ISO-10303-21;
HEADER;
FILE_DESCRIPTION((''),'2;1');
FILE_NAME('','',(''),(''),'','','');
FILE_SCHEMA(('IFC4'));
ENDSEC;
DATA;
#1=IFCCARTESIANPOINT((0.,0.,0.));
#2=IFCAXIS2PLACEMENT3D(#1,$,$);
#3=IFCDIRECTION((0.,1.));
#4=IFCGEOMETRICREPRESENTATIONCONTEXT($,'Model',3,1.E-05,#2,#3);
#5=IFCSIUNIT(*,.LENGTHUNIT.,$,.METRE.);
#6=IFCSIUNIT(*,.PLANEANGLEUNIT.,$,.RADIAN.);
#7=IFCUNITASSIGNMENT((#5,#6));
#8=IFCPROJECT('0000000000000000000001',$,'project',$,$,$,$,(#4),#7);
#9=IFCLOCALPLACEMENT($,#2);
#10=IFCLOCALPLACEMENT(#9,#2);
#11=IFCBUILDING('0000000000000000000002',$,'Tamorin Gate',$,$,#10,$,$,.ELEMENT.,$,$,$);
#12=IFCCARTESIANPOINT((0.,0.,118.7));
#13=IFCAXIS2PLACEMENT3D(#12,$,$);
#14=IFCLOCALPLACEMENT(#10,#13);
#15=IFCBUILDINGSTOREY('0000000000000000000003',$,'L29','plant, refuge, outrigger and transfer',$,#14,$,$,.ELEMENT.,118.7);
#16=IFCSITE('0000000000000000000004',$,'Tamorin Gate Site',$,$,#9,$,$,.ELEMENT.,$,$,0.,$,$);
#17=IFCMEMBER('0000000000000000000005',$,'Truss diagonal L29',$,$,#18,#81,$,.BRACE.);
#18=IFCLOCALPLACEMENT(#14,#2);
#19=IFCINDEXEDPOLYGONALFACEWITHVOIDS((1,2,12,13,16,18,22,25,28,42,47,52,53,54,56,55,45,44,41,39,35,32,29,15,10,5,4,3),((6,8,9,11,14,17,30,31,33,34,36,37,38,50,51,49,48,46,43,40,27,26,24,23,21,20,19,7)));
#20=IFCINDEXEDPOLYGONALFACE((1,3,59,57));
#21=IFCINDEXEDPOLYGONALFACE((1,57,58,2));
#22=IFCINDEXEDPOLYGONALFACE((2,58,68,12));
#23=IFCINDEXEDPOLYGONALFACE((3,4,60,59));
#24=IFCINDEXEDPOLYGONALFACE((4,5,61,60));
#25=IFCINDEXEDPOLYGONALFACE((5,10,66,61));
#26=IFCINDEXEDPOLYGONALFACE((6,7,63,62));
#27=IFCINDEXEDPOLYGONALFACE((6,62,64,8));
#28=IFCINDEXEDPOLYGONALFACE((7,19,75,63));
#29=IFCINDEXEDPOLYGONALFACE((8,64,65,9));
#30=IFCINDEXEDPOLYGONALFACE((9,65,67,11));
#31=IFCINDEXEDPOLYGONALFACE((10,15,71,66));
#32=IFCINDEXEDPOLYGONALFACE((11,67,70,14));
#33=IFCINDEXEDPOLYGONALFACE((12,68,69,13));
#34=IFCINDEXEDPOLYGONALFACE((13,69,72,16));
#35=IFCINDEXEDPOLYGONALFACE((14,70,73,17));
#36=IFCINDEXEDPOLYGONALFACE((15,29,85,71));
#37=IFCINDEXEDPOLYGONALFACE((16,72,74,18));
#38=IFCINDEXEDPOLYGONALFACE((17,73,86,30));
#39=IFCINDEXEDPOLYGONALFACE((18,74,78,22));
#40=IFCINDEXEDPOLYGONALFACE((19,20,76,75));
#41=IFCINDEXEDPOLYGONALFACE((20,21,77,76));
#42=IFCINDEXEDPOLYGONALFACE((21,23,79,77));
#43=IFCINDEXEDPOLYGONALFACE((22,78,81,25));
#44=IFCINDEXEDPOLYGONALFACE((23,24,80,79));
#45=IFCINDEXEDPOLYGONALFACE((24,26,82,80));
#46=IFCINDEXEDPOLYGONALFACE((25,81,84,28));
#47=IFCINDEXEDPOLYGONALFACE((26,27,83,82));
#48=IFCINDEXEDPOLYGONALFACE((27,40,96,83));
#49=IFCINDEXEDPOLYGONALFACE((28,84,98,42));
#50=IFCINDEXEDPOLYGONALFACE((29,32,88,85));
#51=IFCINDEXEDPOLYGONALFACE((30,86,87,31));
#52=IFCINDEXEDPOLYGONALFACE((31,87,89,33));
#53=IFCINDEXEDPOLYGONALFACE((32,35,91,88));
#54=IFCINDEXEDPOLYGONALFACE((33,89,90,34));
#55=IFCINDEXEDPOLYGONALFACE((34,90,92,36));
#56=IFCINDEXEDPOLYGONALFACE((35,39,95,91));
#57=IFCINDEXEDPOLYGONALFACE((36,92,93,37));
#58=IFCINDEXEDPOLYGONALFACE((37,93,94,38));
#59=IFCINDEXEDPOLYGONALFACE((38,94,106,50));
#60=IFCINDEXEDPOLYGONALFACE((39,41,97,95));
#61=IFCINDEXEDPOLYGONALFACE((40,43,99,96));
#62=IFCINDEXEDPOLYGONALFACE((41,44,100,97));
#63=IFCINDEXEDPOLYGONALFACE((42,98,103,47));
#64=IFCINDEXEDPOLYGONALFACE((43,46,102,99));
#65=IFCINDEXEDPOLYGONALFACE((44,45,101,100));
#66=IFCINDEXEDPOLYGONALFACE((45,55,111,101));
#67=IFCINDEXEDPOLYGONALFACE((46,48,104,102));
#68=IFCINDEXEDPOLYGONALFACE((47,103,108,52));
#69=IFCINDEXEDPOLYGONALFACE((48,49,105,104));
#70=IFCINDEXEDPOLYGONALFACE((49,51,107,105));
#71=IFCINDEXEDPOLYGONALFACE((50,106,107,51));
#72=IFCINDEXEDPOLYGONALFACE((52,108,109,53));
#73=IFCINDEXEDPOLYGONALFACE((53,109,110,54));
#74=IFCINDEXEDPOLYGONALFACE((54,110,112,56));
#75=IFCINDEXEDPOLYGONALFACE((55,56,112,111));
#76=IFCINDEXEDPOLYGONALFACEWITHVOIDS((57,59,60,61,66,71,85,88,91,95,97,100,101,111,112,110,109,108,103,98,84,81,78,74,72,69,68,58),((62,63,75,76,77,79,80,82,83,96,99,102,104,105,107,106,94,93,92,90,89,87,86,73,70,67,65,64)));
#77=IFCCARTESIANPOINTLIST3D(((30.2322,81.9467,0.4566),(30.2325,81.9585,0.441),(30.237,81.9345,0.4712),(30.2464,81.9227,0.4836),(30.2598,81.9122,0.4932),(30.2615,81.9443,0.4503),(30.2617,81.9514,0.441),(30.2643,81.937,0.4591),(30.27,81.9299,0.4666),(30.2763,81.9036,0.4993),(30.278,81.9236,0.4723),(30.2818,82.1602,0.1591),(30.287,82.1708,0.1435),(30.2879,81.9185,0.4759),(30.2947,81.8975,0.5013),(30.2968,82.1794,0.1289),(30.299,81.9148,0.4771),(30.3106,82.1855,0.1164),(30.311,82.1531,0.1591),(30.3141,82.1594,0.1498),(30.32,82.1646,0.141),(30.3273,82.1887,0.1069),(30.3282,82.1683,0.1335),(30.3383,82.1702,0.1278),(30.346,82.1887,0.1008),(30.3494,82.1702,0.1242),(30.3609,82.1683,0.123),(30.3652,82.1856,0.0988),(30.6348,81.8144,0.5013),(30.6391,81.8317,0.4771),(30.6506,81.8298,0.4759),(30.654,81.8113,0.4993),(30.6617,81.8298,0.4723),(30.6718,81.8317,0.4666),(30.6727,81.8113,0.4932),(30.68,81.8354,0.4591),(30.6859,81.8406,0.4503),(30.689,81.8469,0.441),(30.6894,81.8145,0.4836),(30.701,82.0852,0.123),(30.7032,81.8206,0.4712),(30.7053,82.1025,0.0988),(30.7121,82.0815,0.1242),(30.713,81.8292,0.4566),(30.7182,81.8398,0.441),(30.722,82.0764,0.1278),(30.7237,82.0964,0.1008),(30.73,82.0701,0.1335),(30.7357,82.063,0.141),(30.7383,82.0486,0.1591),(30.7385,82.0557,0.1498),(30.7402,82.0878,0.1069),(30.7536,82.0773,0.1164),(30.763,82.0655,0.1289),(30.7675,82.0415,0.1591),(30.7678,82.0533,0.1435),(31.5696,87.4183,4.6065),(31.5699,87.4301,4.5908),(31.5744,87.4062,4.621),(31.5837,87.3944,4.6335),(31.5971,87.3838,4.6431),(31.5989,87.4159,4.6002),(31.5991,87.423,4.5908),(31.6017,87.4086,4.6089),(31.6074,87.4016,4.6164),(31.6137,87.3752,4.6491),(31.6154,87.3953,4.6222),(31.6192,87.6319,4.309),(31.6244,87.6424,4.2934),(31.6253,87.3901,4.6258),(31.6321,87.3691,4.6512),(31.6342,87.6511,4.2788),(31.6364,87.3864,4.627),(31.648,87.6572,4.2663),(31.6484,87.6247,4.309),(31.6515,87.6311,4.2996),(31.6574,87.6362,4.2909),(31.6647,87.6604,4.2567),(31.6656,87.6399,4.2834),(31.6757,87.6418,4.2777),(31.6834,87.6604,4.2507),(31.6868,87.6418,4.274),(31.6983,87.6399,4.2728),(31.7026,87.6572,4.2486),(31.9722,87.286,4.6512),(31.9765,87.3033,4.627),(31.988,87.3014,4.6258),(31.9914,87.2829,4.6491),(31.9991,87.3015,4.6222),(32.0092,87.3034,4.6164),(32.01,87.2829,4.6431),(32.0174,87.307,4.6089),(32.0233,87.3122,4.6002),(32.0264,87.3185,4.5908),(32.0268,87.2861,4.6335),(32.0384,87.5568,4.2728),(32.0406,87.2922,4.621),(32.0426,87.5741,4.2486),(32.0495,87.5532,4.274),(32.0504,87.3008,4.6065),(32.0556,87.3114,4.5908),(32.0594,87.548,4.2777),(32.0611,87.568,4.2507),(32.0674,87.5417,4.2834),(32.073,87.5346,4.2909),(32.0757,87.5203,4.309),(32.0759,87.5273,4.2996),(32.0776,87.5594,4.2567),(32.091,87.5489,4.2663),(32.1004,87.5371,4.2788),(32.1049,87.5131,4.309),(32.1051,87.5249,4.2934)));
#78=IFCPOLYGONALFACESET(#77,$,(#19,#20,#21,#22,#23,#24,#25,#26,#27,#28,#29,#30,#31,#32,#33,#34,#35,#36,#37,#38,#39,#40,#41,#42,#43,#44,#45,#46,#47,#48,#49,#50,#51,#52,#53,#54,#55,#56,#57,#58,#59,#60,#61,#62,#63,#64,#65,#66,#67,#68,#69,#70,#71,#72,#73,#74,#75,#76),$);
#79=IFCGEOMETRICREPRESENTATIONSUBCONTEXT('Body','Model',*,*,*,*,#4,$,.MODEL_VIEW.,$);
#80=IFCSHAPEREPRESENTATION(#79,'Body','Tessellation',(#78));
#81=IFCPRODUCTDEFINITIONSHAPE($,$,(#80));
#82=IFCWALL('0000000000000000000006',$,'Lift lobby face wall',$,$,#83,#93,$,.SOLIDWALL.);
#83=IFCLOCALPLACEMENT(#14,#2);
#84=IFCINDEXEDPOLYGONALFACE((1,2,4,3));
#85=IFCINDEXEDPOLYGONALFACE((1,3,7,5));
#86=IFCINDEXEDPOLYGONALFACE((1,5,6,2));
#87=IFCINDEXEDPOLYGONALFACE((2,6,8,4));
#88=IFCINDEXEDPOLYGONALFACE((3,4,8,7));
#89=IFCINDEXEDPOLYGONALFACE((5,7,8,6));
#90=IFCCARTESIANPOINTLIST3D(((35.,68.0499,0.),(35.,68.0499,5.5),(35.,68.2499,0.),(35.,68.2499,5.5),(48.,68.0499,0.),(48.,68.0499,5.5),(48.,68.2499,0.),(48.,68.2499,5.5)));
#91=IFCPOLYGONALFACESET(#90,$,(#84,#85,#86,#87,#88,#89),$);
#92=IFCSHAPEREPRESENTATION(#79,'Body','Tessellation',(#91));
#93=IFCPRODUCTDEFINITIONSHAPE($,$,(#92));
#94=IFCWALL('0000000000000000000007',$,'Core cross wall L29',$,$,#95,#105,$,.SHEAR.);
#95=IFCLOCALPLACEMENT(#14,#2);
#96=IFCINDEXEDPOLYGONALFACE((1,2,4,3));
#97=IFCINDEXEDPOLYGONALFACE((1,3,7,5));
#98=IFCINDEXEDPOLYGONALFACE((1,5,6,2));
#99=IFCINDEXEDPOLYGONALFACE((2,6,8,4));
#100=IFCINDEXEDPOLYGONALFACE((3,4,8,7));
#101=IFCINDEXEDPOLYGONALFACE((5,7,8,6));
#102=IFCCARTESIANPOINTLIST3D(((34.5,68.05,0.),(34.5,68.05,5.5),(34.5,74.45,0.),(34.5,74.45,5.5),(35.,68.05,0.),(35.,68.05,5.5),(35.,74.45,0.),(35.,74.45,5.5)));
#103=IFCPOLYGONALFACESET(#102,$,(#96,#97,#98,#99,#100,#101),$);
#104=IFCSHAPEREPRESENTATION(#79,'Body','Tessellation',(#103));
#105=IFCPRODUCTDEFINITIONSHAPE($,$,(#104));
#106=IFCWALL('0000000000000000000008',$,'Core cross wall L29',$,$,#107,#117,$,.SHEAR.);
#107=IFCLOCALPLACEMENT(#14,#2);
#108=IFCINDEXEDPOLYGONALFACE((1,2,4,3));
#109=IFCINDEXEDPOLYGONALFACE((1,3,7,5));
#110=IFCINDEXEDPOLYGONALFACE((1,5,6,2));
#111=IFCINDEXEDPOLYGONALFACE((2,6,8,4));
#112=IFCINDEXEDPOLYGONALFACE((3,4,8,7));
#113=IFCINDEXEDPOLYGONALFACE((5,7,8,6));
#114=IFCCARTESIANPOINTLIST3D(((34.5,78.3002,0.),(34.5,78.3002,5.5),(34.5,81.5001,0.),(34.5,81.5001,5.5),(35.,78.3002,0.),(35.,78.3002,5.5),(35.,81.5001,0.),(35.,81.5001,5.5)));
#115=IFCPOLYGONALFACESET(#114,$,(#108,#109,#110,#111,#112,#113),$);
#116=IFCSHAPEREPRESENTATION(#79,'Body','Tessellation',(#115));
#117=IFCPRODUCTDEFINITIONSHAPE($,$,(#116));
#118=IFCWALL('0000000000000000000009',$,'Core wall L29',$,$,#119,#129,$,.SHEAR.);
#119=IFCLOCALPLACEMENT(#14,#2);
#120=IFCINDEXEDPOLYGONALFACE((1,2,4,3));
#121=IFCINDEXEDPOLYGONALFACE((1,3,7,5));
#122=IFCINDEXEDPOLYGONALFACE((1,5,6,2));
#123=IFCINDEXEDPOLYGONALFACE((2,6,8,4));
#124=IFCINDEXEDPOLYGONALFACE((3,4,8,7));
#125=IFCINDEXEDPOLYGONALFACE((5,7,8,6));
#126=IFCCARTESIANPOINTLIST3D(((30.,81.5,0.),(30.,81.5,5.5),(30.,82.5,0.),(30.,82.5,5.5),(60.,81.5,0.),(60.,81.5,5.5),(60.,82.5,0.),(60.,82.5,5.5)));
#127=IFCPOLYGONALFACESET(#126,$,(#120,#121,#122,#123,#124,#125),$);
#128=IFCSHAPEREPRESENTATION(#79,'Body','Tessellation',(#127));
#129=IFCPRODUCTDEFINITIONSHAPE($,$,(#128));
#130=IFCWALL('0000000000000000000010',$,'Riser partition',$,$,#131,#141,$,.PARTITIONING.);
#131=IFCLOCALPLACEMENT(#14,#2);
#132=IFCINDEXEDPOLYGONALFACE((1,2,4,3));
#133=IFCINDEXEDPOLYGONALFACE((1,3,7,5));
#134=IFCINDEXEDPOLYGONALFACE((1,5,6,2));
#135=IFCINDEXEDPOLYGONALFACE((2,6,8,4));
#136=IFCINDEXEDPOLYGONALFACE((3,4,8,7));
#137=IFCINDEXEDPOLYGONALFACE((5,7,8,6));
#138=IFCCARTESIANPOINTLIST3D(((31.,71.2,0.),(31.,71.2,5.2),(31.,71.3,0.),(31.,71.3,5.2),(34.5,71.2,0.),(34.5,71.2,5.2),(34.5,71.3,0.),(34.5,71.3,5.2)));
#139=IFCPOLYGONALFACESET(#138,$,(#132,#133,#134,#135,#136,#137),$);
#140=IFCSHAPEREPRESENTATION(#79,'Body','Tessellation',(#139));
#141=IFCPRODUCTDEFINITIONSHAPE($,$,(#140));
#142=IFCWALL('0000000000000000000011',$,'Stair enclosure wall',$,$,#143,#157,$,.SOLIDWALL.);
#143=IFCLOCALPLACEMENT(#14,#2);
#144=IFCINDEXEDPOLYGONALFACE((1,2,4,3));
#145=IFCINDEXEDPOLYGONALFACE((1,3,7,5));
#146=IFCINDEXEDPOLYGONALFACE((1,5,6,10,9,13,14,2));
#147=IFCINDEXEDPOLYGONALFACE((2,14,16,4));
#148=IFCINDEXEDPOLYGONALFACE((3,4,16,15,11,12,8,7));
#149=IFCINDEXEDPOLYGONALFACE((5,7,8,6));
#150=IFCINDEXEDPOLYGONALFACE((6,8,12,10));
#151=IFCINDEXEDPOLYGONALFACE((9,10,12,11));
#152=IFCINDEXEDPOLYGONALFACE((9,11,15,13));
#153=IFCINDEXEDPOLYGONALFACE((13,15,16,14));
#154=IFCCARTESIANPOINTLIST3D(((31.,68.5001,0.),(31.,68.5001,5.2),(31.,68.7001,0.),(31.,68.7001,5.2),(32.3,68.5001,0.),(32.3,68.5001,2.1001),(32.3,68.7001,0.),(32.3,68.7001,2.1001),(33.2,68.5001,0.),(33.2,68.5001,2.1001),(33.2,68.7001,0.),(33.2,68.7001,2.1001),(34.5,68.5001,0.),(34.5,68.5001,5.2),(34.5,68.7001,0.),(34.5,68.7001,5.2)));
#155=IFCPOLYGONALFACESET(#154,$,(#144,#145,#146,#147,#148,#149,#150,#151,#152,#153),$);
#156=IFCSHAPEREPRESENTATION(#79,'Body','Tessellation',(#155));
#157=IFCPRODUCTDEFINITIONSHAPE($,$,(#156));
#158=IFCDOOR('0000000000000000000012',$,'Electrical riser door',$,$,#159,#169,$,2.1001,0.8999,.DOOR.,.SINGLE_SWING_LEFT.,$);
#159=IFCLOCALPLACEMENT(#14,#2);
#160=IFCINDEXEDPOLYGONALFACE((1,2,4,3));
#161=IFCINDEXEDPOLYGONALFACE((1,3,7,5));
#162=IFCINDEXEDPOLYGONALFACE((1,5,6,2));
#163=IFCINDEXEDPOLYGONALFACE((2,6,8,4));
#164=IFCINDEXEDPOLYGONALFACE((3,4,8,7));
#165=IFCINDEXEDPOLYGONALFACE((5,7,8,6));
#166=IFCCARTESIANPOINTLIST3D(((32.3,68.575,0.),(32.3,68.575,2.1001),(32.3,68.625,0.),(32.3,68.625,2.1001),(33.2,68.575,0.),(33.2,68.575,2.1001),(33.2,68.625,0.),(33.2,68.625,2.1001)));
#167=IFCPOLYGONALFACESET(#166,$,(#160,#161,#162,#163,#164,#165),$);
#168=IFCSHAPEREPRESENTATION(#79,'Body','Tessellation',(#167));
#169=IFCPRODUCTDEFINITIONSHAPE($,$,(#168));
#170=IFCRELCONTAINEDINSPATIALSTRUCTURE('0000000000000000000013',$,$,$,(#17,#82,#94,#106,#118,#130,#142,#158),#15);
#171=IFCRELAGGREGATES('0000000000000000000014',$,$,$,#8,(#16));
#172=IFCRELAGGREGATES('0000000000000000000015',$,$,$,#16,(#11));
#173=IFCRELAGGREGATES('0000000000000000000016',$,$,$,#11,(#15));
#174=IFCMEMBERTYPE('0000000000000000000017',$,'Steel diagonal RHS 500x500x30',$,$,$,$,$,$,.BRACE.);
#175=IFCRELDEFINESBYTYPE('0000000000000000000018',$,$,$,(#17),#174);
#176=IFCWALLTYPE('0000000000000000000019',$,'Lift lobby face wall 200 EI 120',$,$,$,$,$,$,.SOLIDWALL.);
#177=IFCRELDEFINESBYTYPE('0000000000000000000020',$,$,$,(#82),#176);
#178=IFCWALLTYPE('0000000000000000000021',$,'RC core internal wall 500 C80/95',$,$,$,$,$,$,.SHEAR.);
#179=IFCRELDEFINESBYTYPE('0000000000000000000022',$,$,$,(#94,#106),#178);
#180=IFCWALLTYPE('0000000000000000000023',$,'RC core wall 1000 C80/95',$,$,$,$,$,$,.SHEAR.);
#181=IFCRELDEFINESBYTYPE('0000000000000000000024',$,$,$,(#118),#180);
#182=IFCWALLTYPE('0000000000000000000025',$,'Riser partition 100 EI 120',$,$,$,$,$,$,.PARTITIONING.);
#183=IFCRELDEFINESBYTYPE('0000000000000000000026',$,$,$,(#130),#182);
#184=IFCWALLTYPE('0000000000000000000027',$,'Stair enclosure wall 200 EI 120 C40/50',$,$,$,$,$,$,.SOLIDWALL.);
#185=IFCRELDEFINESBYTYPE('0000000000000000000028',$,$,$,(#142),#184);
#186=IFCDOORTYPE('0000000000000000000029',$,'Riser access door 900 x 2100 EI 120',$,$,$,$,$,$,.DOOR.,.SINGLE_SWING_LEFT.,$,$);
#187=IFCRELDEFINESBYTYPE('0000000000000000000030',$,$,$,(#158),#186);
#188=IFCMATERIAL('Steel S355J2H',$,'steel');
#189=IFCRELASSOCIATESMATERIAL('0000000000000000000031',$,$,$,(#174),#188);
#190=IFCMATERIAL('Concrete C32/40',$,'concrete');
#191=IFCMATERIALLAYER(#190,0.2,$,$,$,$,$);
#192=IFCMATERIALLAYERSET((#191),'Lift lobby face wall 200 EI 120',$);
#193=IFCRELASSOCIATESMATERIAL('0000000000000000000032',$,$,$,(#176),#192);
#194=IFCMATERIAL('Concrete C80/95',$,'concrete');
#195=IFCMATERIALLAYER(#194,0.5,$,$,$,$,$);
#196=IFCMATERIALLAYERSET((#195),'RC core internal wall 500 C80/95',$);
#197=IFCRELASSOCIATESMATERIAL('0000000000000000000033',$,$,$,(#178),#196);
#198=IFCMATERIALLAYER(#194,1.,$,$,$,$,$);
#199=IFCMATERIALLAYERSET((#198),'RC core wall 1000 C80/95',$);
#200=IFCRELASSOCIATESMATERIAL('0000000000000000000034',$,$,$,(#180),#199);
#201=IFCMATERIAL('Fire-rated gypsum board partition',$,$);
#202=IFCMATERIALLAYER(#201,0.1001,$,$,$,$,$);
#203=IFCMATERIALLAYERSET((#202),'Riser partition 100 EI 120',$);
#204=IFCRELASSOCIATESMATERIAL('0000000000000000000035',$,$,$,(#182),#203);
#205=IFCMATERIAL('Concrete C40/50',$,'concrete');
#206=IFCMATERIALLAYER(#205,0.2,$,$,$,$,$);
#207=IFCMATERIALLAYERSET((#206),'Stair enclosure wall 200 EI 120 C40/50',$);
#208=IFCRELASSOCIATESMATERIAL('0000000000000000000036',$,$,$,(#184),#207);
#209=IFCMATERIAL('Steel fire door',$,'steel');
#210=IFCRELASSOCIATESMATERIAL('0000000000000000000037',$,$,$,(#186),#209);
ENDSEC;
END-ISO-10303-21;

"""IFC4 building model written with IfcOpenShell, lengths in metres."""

from ifc_helpers import new_model, si_unit, direction, frame, frame_2d, origin, origin_2d, place, context, subcontext, project, spatial, rectangle, hollow_rectangle, extrude, material, layer, layer_set, material_profile, profile_set, type_object, element, fill, save


model = new_model("IFC4")

# Units and contexts
model_context = context("Model", 3, precision=1e-05, world=origin(), true_north=direction((0.0, 1.0)))
body_context = subcontext(model_context, "Body", "Model", "MODEL_VIEW")
ifc_project = project(units=[si_unit("LENGTHUNIT", "METRE"), si_unit("PLANEANGLEUNIT", "RADIAN")], contexts=[model_context])

# Site, building, storey
site_placement = place(None, origin())
site = spatial("IfcSite", under=ifc_project, at=site_placement, Name="Tamorin Gate Site", CompositionType="ELEMENT", RefElevation=0.0)
building_placement = place(site_placement, origin())
building = spatial("IfcBuilding", under=site, at=building_placement, Name="Tamorin Gate", CompositionType="ELEMENT")
storey_placement = place(building_placement, frame((0.0, 0.0, 118.7)))
storey = spatial("IfcBuildingStorey", under=building, at=storey_placement, Name="L29", Description="plant, refuge, outrigger and transfer", CompositionType="ELEMENT", Elevation=118.7)

# Shared definitions
ifc_material_1 = material(Name="Concrete C80/95", Category="concrete")

# Member
ifc_material_2 = material(Name="Steel S355J2H", Category="steel")
ifc_material_profile_1 = material_profile(ifc_material_2, hollow_rectangle(XDim=0.5, YDim=0.5, WallThickness=0.03, InnerFilletRadius=0.0449, OuterFilletRadius=0.075, at=origin_2d()), Name="RHS 500x500x30")
ifc_profile_set_1 = profile_set([ifc_material_profile_1], Name="Steel S355J2H")
member_type_1 = type_object("IfcMemberType", Name="Steel diagonal RHS 500x500x30", PredefinedType="BRACE", material=ifc_profile_set_1)
member_placement = place(storey_placement, frame((30.5, 82.0, 0.3), z_axis=(0.191156, 0.782071, 0.593148), x_axis=(-0.971404, 0.237433, 0.0)))
element("IfcMember", 1, at=member_placement, inside=storey, type_object=member_type_1, Name="Truss diagonal L29", PredefinedType="BRACE", context=body_context, shape_type="SweptSolid", body=[
    extrude(hollow_rectangle(XDim=0.5, YDim=0.5, WallThickness=0.03, InnerFilletRadius=0.0449, OuterFilletRadius=0.075, at=origin_2d()), origin(), (0.0, 0.0, 1.0), 6.9963),
])

# Walls
ifc_material_3 = material(Name="Concrete C32/40", Category="concrete")
ifc_layer_1 = layer(ifc_material_3, 0.2)
ifc_layer_set_1 = layer_set([ifc_layer_1], Name="Lift lobby face wall 200 EI 120")
wall_type_1 = type_object("IfcWallType", Name="Lift lobby face wall 200 EI 120", PredefinedType="SOLIDWALL", material=ifc_layer_set_1)
wall_1_placement = place(storey_placement, frame((35.0, 68.1499, 0.0), z_axis=(0.0, 0.0, 1.0), x_axis=(1.0, 0.0, 0.0)))
element("IfcWall", 2, at=wall_1_placement, inside=storey, type_object=wall_type_1, Name="Lift lobby face wall", PredefinedType="SOLIDWALL", context=body_context, shape_type="SweptSolid", body=[
    extrude(rectangle(XDim=13.0, YDim=0.2, at=frame_2d((6.5, 0.0))), origin(), (0.0, 0.0, 1.0), 5.5),
])
ifc_layer_2 = layer(ifc_material_1, 0.5)
ifc_layer_set_2 = layer_set([ifc_layer_2], Name="RC core internal wall 500 C80/95")
wall_type_2 = type_object("IfcWallType", Name="RC core internal wall 500 C80/95", PredefinedType="SHEAR", material=ifc_layer_set_2)
wall_2_placement = place(storey_placement, frame((34.75, 68.05, 0.0), z_axis=(0.0, 0.0, 1.0), x_axis=(0.0, 1.0, 0.0)))
element("IfcWall", 3, at=wall_2_placement, inside=storey, type_object=wall_type_2, Name="Core cross wall L29", PredefinedType="SHEAR", context=body_context, shape_type="SweptSolid", body=[
    extrude(rectangle(XDim=6.3999, YDim=0.5, at=frame_2d((3.2, 0.0))), origin(), (0.0, 0.0, 1.0), 5.5),
])
wall_3_placement = place(storey_placement, frame((34.75, 78.3, 0.0), z_axis=(0.0, 0.0, 1.0), x_axis=(0.0, 1.0, 0.0)))
element("IfcWall", 4, at=wall_3_placement, inside=storey, type_object=wall_type_2, Name="Core cross wall L29", PredefinedType="SHEAR", context=body_context, shape_type="SweptSolid", body=[
    extrude(rectangle(XDim=3.2, YDim=0.5, at=frame_2d((1.6001, 0.0))), origin(), (0.0, 0.0, 1.0), 5.5),
])
ifc_layer_3 = layer(ifc_material_1, 1.0)
ifc_layer_set_3 = layer_set([ifc_layer_3], Name="RC core wall 1000 C80/95")
wall_type_3 = type_object("IfcWallType", Name="RC core wall 1000 C80/95", PredefinedType="SHEAR", material=ifc_layer_set_3)
wall_4_placement = place(storey_placement, frame((30.0, 82.0, 0.0), z_axis=(0.0, 0.0, 1.0), x_axis=(1.0, 0.0, 0.0)))
element("IfcWall", 5, at=wall_4_placement, inside=storey, type_object=wall_type_3, Name="Core wall L29", PredefinedType="SHEAR", context=body_context, shape_type="SweptSolid", body=[
    extrude(rectangle(XDim=30.0, YDim=1.0, at=frame_2d((15.0, 0.0))), origin(), (0.0, 0.0, 1.0), 5.5),
])
ifc_material_4 = material(Name="Fire-rated gypsum board partition")
ifc_layer_4 = layer(ifc_material_4, 0.1001)
ifc_layer_set_4 = layer_set([ifc_layer_4], Name="Riser partition 100 EI 120")
wall_type_4 = type_object("IfcWallType", Name="Riser partition 100 EI 120", PredefinedType="PARTITIONING", material=ifc_layer_set_4)
wall_5_placement = place(storey_placement, frame((31.0, 71.25, 0.0), z_axis=(0.0, 0.0, 1.0), x_axis=(1.0, 0.0, 0.0)))
element("IfcWall", 6, at=wall_5_placement, inside=storey, type_object=wall_type_4, Name="Riser partition", PredefinedType="PARTITIONING", context=body_context, shape_type="SweptSolid", body=[
    extrude(rectangle(XDim=3.5, YDim=0.1001, at=frame_2d((1.75, 0.0))), origin(), (0.0, 0.0, 1.0), 5.2),
])

# Wall, opening, door
ifc_material_5 = material(Name="Concrete C40/50", Category="concrete")
ifc_layer_5 = layer(ifc_material_5, 0.2)
ifc_layer_set_5 = layer_set([ifc_layer_5], Name="Stair enclosure wall 200 EI 120 C40/50")
wall_type_5 = type_object("IfcWallType", Name="Stair enclosure wall 200 EI 120 C40/50", PredefinedType="SOLIDWALL", material=ifc_layer_set_5)
wall_6_placement = place(storey_placement, frame((31.0, 68.6001, 0.0), z_axis=(0.0, 0.0, 1.0), x_axis=(1.0, 0.0, 0.0)))
wall_6 = element("IfcWall", 7, at=wall_6_placement, inside=storey, type_object=wall_type_5, Name="Stair enclosure wall", PredefinedType="SOLIDWALL", context=body_context, shape_type="SweptSolid", body=[
    extrude(rectangle(XDim=3.5, YDim=0.2, at=frame_2d((1.75, 0.0))), origin(), (0.0, 0.0, 1.0), 5.2),
])
opening_1_placement = place(wall_6_placement, frame((1.3, 0.0, 0.0)))
opening_1 = element("IfcOpeningElement", 8, at=opening_1_placement, cuts=wall_6, PredefinedType="OPENING", context=body_context, shape_type="SweptSolid", body=[
    extrude(rectangle(XDim=0.8999, YDim=2.1001, at=frame_2d((0.45, 1.05))), frame((0.0, 0.1099, 0.0), z_axis=(0.0, -1.0, 0.0), x_axis=(1.0, 0.0, 0.0)), (0.0, 0.0, 1.0), 0.22),
])
ifc_material_6 = material(Name="Steel fire door", Category="steel")
door_type_1 = type_object("IfcDoorType", Name="Riser access door 900 x 2100 EI 120", OperationType="SINGLE_SWING_LEFT", PredefinedType="DOOR", material=ifc_material_6)
door_1_placement = place(opening_1_placement, origin())
door_1 = element("IfcDoor", 9, at=door_1_placement, inside=storey, type_object=door_type_1, Name="Electrical riser door", OperationType="SINGLE_SWING_LEFT", OverallHeight=2.1001, OverallWidth=0.8999, PredefinedType="DOOR", context=body_context, shape_type="SweptSolid", body=[
    extrude(rectangle(XDim=0.8999, YDim=2.1001, at=frame_2d((0.45, 1.05))), frame((0.0, 0.0249, 0.0), z_axis=(0.0, -1.0, 0.0), x_axis=(1.0, 0.0, 0.0)), (0.0, 0.0, 1.0), 0.05),
])
fill(opening_1, door_1)

save(model, "model.ifc")
